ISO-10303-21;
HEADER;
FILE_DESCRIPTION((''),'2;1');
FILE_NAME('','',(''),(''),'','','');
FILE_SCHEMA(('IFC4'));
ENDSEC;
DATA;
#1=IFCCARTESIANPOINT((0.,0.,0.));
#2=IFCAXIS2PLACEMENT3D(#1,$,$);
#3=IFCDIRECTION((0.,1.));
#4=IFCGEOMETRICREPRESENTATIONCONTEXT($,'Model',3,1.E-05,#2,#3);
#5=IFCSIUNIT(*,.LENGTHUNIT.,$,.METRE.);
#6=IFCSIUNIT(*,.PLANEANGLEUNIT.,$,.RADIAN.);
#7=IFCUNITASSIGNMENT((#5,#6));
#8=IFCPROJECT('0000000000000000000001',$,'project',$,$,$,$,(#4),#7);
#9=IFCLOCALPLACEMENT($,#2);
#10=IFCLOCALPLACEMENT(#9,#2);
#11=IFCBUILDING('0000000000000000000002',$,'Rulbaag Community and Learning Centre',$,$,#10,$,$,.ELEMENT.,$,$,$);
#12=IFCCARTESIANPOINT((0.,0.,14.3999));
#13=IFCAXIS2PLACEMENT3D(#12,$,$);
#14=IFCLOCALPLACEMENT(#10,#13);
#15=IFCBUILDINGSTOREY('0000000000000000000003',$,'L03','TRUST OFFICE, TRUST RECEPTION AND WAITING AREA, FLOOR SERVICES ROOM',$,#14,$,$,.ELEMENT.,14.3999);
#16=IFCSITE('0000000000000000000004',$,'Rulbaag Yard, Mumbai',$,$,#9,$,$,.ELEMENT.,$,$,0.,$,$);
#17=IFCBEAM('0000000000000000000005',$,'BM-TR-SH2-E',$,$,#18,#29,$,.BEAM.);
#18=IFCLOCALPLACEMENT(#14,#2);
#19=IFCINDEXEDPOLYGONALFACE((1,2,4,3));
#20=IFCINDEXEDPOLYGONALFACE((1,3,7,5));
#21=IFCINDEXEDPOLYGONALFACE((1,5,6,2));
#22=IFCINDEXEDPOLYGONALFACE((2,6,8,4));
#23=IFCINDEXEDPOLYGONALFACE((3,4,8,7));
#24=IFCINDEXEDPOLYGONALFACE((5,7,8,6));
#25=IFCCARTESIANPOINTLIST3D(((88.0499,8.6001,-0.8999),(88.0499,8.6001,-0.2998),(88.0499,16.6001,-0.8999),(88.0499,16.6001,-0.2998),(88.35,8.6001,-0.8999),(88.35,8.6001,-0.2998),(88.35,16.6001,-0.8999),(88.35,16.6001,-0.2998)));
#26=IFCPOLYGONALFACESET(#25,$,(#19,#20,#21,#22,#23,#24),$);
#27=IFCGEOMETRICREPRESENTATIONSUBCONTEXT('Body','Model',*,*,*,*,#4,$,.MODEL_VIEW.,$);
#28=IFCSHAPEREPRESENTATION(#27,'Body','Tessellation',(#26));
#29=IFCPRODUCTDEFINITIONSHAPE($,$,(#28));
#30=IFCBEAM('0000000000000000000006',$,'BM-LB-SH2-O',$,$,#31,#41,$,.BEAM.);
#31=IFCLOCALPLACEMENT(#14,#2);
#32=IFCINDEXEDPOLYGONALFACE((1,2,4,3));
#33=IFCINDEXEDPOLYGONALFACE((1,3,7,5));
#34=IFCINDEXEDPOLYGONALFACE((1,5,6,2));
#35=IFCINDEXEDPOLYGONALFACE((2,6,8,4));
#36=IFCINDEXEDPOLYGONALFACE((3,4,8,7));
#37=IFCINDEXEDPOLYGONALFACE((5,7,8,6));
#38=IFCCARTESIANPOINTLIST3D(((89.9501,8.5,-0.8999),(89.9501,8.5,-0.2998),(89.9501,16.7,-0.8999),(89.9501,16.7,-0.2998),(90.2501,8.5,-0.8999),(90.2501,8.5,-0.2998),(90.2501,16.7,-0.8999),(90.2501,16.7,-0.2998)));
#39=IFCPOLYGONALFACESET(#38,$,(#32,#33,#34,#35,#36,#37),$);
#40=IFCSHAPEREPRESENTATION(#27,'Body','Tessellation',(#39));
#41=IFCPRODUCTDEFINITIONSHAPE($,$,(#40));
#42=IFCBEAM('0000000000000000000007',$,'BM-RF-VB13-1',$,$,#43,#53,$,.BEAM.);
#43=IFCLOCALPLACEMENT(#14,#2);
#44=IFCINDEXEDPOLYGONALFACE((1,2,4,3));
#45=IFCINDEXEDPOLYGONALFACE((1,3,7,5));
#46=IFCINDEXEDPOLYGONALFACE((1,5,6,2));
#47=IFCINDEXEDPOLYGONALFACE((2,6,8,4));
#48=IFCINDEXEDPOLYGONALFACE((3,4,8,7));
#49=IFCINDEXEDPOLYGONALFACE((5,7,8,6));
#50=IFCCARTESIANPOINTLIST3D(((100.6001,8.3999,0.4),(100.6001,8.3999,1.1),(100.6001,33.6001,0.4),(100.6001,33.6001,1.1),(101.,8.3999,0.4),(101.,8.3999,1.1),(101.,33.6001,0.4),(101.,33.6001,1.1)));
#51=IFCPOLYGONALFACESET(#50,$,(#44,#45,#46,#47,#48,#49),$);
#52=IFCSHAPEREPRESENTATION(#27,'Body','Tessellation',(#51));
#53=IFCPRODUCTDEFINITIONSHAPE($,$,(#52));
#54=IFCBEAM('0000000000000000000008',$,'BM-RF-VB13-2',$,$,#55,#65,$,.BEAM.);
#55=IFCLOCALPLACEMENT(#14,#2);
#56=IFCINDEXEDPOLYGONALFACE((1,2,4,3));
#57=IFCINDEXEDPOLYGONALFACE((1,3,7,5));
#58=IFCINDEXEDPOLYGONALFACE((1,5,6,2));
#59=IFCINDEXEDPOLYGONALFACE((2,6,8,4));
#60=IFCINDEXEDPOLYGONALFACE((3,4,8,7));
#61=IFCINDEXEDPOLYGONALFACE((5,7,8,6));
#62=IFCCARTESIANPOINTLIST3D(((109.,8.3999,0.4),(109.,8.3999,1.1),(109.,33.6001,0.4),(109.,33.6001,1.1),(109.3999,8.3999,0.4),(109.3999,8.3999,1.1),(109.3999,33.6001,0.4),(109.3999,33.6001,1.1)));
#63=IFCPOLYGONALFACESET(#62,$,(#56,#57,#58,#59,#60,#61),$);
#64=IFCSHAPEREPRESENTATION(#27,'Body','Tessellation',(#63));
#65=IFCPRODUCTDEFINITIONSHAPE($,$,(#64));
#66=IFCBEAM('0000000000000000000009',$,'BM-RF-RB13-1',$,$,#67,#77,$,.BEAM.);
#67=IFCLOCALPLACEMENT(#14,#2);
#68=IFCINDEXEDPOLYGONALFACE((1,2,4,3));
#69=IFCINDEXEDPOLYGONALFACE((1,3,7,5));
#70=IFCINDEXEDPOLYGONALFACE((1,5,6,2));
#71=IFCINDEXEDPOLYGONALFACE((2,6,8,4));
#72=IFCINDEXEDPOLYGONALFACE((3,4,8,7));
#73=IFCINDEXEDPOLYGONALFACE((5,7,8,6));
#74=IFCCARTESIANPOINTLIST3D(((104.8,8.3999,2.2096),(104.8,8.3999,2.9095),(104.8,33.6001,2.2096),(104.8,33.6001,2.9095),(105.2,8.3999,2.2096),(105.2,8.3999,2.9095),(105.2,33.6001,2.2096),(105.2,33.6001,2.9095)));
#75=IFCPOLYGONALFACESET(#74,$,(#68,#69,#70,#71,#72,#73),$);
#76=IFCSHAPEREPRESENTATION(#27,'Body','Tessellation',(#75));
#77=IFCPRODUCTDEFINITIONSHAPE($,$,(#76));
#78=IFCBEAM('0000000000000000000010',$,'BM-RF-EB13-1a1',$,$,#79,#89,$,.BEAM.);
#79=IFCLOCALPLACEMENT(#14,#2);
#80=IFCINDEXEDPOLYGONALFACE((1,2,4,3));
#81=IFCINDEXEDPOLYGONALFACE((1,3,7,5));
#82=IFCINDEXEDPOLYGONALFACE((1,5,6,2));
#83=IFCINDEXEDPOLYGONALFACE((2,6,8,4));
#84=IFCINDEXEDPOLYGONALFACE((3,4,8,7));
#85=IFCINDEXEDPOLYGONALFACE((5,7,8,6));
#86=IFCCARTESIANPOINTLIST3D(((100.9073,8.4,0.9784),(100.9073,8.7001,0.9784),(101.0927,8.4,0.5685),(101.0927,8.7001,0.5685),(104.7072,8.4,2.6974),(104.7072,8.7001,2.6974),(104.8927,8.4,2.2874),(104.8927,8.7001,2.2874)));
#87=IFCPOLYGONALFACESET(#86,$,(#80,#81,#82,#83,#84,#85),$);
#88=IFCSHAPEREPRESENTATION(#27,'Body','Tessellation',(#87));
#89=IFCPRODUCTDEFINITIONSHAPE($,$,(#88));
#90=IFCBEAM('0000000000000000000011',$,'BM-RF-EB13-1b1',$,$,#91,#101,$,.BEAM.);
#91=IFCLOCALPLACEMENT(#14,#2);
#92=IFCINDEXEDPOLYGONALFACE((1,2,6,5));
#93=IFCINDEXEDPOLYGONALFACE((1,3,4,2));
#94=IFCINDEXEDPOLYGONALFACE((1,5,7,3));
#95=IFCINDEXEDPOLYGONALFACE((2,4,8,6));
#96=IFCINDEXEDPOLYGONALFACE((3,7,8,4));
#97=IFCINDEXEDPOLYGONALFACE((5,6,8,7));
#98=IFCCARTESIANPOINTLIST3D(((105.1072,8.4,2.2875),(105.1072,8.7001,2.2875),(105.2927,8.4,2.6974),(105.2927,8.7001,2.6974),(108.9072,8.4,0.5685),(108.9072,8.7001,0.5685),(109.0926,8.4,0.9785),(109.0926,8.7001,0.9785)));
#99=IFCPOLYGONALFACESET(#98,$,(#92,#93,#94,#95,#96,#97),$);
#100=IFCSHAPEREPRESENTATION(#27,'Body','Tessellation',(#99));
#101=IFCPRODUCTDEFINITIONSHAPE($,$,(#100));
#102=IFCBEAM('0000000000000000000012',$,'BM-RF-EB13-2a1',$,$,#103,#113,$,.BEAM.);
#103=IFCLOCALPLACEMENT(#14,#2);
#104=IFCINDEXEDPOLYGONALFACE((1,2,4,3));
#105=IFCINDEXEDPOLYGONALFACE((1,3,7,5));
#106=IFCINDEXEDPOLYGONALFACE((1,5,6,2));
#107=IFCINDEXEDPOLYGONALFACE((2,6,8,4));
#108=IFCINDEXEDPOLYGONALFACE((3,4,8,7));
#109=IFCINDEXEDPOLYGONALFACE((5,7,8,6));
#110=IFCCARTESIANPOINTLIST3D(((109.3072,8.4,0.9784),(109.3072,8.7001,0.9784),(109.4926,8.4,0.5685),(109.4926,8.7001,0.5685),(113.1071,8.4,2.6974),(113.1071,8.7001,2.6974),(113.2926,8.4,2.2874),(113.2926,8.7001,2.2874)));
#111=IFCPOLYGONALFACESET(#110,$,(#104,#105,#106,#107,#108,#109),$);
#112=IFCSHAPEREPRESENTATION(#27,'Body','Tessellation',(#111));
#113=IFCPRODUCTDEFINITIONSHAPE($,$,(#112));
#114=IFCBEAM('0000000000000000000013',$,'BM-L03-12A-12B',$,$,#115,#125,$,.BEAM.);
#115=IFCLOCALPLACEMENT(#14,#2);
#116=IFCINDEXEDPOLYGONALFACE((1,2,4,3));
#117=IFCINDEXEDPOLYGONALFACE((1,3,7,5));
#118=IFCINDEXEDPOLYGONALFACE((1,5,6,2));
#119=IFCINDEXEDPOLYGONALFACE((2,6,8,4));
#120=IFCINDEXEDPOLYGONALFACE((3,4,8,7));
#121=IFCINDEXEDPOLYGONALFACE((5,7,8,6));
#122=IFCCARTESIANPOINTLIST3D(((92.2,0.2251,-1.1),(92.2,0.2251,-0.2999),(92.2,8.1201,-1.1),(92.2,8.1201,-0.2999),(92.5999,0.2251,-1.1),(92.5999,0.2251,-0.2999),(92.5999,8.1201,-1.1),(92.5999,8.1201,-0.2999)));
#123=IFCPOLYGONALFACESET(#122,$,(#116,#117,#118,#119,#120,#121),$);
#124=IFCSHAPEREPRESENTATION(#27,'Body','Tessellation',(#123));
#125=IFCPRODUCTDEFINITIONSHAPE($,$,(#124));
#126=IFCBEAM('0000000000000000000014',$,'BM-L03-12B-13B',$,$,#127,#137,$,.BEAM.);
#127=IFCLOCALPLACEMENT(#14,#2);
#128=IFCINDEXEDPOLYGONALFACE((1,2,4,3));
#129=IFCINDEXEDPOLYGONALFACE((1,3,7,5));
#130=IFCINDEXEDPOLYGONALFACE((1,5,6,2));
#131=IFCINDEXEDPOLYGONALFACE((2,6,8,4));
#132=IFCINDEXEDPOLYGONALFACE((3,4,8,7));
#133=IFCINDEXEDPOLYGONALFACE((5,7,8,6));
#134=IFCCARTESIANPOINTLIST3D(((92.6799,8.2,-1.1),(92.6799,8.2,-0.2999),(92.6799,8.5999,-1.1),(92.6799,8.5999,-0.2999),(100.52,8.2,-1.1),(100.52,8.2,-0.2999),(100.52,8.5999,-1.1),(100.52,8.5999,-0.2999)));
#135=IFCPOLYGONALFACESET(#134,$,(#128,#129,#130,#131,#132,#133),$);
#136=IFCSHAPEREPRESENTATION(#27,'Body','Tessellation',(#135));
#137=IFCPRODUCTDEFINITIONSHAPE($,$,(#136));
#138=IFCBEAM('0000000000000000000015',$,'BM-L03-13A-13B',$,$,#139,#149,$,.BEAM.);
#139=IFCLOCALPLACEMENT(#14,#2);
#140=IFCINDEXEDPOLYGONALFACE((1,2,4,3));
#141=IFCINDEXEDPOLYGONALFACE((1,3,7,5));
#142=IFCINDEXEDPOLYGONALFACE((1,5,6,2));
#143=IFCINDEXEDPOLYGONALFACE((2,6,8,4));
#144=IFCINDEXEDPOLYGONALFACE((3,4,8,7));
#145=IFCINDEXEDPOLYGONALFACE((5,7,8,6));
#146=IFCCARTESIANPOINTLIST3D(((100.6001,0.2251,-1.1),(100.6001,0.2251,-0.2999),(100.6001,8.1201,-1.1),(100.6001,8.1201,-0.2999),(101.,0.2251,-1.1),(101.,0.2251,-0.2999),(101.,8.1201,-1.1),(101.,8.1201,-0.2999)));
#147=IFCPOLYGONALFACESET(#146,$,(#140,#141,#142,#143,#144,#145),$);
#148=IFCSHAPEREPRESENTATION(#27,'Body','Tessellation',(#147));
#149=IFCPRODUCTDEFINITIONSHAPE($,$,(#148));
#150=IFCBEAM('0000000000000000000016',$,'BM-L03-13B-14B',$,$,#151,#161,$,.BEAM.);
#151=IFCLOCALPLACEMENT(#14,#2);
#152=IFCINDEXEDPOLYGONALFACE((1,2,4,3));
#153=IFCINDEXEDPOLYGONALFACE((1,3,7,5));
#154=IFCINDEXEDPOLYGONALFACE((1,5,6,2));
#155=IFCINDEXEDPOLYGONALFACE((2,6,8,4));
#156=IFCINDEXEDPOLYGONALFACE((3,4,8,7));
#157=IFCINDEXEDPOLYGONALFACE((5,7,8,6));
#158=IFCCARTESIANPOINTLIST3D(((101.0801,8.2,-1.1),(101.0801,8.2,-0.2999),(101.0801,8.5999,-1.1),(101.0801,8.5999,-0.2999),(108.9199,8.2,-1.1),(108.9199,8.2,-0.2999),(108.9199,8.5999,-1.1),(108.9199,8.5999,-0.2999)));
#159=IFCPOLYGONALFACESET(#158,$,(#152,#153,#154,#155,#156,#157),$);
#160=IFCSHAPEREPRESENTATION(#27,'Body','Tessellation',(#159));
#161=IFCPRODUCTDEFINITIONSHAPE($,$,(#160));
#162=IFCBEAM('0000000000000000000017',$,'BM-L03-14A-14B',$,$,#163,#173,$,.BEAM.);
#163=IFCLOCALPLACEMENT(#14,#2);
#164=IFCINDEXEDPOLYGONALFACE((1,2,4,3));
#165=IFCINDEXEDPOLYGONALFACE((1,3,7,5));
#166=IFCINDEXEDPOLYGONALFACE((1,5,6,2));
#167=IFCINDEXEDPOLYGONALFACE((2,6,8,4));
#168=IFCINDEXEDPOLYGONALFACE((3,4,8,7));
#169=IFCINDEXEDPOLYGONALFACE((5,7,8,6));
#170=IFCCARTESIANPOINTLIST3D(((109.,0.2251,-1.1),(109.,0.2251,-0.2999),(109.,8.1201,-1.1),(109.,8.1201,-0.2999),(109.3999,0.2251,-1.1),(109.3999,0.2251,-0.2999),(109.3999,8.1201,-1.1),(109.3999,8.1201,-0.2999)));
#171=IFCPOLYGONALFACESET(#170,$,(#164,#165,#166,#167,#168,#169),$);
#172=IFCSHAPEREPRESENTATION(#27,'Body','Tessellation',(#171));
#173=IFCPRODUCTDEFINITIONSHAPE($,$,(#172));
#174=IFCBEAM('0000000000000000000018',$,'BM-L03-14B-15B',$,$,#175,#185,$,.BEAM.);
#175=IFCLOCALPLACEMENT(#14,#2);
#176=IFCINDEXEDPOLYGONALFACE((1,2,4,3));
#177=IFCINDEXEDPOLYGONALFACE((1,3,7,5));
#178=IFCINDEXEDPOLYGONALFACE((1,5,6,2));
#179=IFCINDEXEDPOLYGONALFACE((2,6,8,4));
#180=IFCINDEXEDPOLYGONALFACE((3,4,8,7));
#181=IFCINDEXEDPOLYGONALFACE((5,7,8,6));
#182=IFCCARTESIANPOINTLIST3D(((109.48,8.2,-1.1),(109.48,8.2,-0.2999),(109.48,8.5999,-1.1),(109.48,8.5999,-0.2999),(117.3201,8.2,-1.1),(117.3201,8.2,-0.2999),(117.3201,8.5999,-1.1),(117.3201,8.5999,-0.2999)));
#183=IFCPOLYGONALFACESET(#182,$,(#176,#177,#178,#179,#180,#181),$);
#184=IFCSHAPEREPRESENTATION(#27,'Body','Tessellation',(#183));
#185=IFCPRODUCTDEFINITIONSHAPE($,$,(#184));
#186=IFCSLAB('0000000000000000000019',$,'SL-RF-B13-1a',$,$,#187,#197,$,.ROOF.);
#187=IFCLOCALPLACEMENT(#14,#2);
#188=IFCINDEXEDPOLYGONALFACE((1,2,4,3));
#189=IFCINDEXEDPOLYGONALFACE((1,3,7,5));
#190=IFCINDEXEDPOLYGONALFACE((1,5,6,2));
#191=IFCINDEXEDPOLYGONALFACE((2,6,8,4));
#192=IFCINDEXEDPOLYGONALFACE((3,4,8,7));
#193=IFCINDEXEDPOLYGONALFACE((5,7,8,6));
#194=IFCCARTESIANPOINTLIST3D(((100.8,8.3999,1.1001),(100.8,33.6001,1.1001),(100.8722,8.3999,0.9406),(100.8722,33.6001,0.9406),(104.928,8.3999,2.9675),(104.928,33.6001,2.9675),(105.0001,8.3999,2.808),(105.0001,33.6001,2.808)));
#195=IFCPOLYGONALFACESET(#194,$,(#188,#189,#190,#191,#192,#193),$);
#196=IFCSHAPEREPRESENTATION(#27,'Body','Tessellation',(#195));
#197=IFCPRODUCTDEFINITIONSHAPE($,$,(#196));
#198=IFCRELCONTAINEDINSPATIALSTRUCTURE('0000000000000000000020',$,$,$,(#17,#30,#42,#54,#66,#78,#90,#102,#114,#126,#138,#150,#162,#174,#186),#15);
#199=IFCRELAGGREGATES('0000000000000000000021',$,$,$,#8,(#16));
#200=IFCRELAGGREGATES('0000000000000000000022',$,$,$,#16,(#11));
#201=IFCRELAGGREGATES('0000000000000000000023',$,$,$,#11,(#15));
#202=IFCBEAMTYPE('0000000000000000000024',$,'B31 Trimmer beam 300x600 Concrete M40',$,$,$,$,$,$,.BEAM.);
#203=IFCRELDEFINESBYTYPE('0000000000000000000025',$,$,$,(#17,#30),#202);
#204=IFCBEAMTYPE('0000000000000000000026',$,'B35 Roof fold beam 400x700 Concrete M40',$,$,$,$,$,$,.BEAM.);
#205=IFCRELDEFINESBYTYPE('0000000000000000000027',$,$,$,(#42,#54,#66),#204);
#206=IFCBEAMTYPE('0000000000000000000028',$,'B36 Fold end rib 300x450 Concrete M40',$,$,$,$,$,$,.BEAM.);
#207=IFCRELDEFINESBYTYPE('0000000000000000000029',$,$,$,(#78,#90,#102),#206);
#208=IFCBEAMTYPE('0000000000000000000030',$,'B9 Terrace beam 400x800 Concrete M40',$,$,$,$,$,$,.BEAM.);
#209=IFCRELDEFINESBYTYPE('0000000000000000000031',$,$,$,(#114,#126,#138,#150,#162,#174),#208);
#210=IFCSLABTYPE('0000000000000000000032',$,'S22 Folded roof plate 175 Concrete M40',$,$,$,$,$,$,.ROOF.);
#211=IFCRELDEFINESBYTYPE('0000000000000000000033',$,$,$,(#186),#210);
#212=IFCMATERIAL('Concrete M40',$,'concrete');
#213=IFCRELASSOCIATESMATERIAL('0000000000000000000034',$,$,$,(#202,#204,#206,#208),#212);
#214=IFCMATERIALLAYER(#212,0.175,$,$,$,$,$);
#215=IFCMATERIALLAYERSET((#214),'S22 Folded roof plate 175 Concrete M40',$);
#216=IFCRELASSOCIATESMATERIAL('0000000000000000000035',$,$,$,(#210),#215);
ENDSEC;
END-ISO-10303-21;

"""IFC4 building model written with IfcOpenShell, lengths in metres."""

from ifc_helpers import new_model, si_unit, direction, frame, origin, origin_2d, place, context, subcontext, project, spatial, polyline, rectangle, outline, extrude, material, layer, layer_set, material_profile, profile_set, type_object, element, save


model = new_model("IFC4")

# Units and contexts
model_context = context("Model", 3, precision=1e-05, world=origin(), true_north=direction((0.0, 1.0)))
body_context = subcontext(model_context, "Body", "Model", "MODEL_VIEW")
ifc_project = project(units=[si_unit("LENGTHUNIT", "METRE"), si_unit("PLANEANGLEUNIT", "RADIAN")], contexts=[model_context])

# Site, building, storey
site_placement = place(None, origin())
site = spatial("IfcSite", under=ifc_project, at=site_placement, Name="Rulbaag Yard, Mumbai", CompositionType="ELEMENT", RefElevation=0.0)
building_placement = place(site_placement, origin())
building = spatial("IfcBuilding", under=site, at=building_placement, Name="Rulbaag Community and Learning Centre", CompositionType="ELEMENT")
storey_placement = place(building_placement, frame((0.0, 0.0, 14.3999)))
storey = spatial("IfcBuildingStorey", under=building, at=storey_placement, Name="L03", Description="TRUST OFFICE, TRUST RECEPTION AND WAITING AREA, FLOOR SERVICES ROOM", CompositionType="ELEMENT", Elevation=14.3999)

# Beams
ifc_material_1 = material(Name="Concrete M40", Category="concrete")
ifc_material_profile_1 = material_profile(ifc_material_1, rectangle(XDim=0.3, YDim=0.6001, at=origin_2d()), Name="RB300x600")
ifc_profile_set_1 = profile_set([ifc_material_profile_1], Name="Concrete M40")
beam_type_1 = type_object("IfcBeamType", Name="B31 Trimmer beam 300x600 Concrete M40", PredefinedType="BEAM", material=ifc_profile_set_1)
beam_1_placement = place(storey_placement, frame((88.2, 8.6001, -0.5999), z_axis=(0.0, 1.0, 0.0), x_axis=(-1.0, 0.0, 0.0)))
element("IfcBeam", 1, at=beam_1_placement, inside=storey, type_object=beam_type_1, Name="BM-TR-SH2-E", PredefinedType="BEAM", context=body_context, shape_type="SweptSolid", body=[
    extrude(rectangle(XDim=0.3, YDim=0.6001, at=origin_2d()), origin(), (0.0, 0.0, 1.0), 8.0),
])
beam_2_placement = place(storey_placement, frame((90.1001, 8.5, -0.5999), z_axis=(0.0, 1.0, 0.0), x_axis=(-1.0, 0.0, 0.0)))
element("IfcBeam", 2, at=beam_2_placement, inside=storey, type_object=beam_type_1, Name="BM-LB-SH2-O", PredefinedType="BEAM", context=body_context, shape_type="SweptSolid", body=[
    extrude(rectangle(XDim=0.3, YDim=0.6001, at=origin_2d()), origin(), (0.0, 0.0, 1.0), 8.2),
])
ifc_material_profile_2 = material_profile(ifc_material_1, rectangle(XDim=0.3999, YDim=0.7, at=origin_2d()), Name="RB400x700")
ifc_profile_set_2 = profile_set([ifc_material_profile_2], Name="Concrete M40")
beam_type_2 = type_object("IfcBeamType", Name="B35 Roof fold beam 400x700 Concrete M40", PredefinedType="BEAM", material=ifc_profile_set_2)
for number, where, z_axis, x_axis, name in (
    (3, (100.8, 8.3999, 0.75), (0.0, 1.0, 0.0), (-1.0, 0.0, 0.0), "BM-RF-VB13-1"),
    (4, (109.2, 8.3999, 0.75), (0.0, 1.0, 0.0), (-1.0, 0.0, 0.0), "BM-RF-VB13-2"),
    (5, (105.0, 8.3999, 2.5596), (0.0, 1.0, 0.0), (-1.0, 0.0, 0.0), "BM-RF-RB13-1"),
):
    element("IfcBeam", number, at=place(storey_placement, frame(where, z_axis=z_axis, x_axis=x_axis)), inside=storey, type_object=beam_type_2, Name=name, PredefinedType="BEAM", context=body_context, shape_type="SweptSolid", body=[
        extrude(rectangle(XDim=0.3999, YDim=0.7, at=origin_2d()), origin(), (0.0, 0.0, 1.0), 25.2002),
    ])
ifc_material_profile_3 = material_profile(ifc_material_1, rectangle(XDim=0.3, YDim=0.45, at=origin_2d()), Name="RB300x450")
ifc_profile_set_3 = profile_set([ifc_material_profile_3], Name="Concrete M40")
beam_type_3 = type_object("IfcBeamType", Name="B36 Fold end rib 300x450 Concrete M40", PredefinedType="BEAM", material=ifc_profile_set_3)
for number, where, z_axis, x_axis, name in (
    (6, (101.0, 8.55, 0.7734), (0.911115, 0.0, 0.412153), (0.0, 1.0, 0.0), "BM-RF-EB13-1a1"),
    (7, (105.2, 8.55, 2.4924), (0.911115, 0.0, -0.412153), (0.0, 1.0, 0.0), "BM-RF-EB13-1b1"),
    (8, (109.3999, 8.55, 0.7734), (0.911115, 0.0, 0.412153), (0.0, 1.0, 0.0), "BM-RF-EB13-2a1"),
):
    element("IfcBeam", number, at=place(storey_placement, frame(where, z_axis=z_axis, x_axis=x_axis)), inside=storey, type_object=beam_type_3, Name=name, PredefinedType="BEAM", context=body_context, shape_type="SweptSolid", body=[
        extrude(rectangle(XDim=0.3, YDim=0.45, at=origin_2d()), origin(), (0.0, 0.0, 1.0), 4.1707),
    ])
ifc_material_profile_4 = material_profile(ifc_material_1, rectangle(XDim=0.3999, YDim=0.8, at=origin_2d()), Name="RB400x800")
ifc_profile_set_4 = profile_set([ifc_material_profile_4], Name="Concrete M40")
beam_type_4 = type_object("IfcBeamType", Name="B9 Terrace beam 400x800 Concrete M40", PredefinedType="BEAM", material=ifc_profile_set_4)
beam_3_placement = place(storey_placement, frame((92.3999, 0.2251, -0.7), z_axis=(0.0, 1.0, 0.0), x_axis=(-1.0, 0.0, 0.0)))
element("IfcBeam", 9, at=beam_3_placement, inside=storey, type_object=beam_type_4, Name="BM-L03-12A-12B", PredefinedType="BEAM", context=body_context, shape_type="SweptSolid", body=[
    extrude(rectangle(XDim=0.3999, YDim=0.8, at=origin_2d()), origin(), (0.0, 0.0, 1.0), 7.895),
])
beam_4_placement = place(storey_placement, frame((92.6799, 8.3999, -0.7), z_axis=(1.0, 0.0, 0.0), x_axis=(0.0, 1.0, 0.0)))
element("IfcBeam", 10, at=beam_4_placement, inside=storey, type_object=beam_type_4, Name="BM-L03-12B-13B", PredefinedType="BEAM", context=body_context, shape_type="SweptSolid", body=[
    extrude(rectangle(XDim=0.3999, YDim=0.8, at=origin_2d()), origin(), (0.0, 0.0, 1.0), 7.8401),
])
beam_5_placement = place(storey_placement, frame((100.8, 0.2251, -0.7), z_axis=(0.0, 1.0, 0.0), x_axis=(-1.0, 0.0, 0.0)))
element("IfcBeam", 11, at=beam_5_placement, inside=storey, type_object=beam_type_4, Name="BM-L03-13A-13B", PredefinedType="BEAM", context=body_context, shape_type="SweptSolid", body=[
    extrude(rectangle(XDim=0.3999, YDim=0.8, at=origin_2d()), origin(), (0.0, 0.0, 1.0), 7.895),
])
beam_6_placement = place(storey_placement, frame((101.0801, 8.3999, -0.7), z_axis=(1.0, 0.0, 0.0), x_axis=(0.0, 1.0, 0.0)))
element("IfcBeam", 12, at=beam_6_placement, inside=storey, type_object=beam_type_4, Name="BM-L03-13B-14B", PredefinedType="BEAM", context=body_context, shape_type="SweptSolid", body=[
    extrude(rectangle(XDim=0.3999, YDim=0.8, at=origin_2d()), origin(), (0.0, 0.0, 1.0), 7.8398),
])
beam_7_placement = place(storey_placement, frame((109.2, 0.2251, -0.7), z_axis=(0.0, 1.0, 0.0), x_axis=(-1.0, 0.0, 0.0)))
element("IfcBeam", 13, at=beam_7_placement, inside=storey, type_object=beam_type_4, Name="BM-L03-14A-14B", PredefinedType="BEAM", context=body_context, shape_type="SweptSolid", body=[
    extrude(rectangle(XDim=0.3999, YDim=0.8, at=origin_2d()), origin(), (0.0, 0.0, 1.0), 7.895),
])
beam_8_placement = place(storey_placement, frame((109.48, 8.3999, -0.7), z_axis=(1.0, 0.0, 0.0), x_axis=(0.0, 1.0, 0.0)))
element("IfcBeam", 14, at=beam_8_placement, inside=storey, type_object=beam_type_4, Name="BM-L03-14B-15B", PredefinedType="BEAM", context=body_context, shape_type="SweptSolid", body=[
    extrude(rectangle(XDim=0.3999, YDim=0.8, at=origin_2d()), origin(), (0.0, 0.0, 1.0), 7.8401),
])

# Slab
ifc_layer_1 = layer(ifc_material_1, 0.175)
ifc_layer_set_1 = layer_set([ifc_layer_1], Name="S22 Folded roof plate 175 Concrete M40")
slab_type = type_object("IfcSlabType", Name="S22 Folded roof plate 175 Concrete M40", PredefinedType="ROOF", material=ifc_layer_set_1)
for number, where, z_axis, x_axis, name in (
    (15, (100.8, 8.3999, 1.1001), (-0.412174, 0.0, 0.911105), (0.911105, 0.0, 0.412174), "SL-RF-B13-1a"),
):
    element("IfcSlab", number, at=place(storey_placement, frame(where, z_axis=z_axis, x_axis=x_axis)), inside=storey, type_object=slab_type, Name=name, PredefinedType="ROOF", context=body_context, shape_type="SweptSolid", body=[
        extrude(outline(polyline([(0.0, 0.0), (4.5307, 0.0), (4.5307, 25.2002), (0.0, 25.2002), (0.0, 0.0)])), origin(), (0.0, 0.0, -1.0), 0.175),
    ])

save(model, "model.ifc")
